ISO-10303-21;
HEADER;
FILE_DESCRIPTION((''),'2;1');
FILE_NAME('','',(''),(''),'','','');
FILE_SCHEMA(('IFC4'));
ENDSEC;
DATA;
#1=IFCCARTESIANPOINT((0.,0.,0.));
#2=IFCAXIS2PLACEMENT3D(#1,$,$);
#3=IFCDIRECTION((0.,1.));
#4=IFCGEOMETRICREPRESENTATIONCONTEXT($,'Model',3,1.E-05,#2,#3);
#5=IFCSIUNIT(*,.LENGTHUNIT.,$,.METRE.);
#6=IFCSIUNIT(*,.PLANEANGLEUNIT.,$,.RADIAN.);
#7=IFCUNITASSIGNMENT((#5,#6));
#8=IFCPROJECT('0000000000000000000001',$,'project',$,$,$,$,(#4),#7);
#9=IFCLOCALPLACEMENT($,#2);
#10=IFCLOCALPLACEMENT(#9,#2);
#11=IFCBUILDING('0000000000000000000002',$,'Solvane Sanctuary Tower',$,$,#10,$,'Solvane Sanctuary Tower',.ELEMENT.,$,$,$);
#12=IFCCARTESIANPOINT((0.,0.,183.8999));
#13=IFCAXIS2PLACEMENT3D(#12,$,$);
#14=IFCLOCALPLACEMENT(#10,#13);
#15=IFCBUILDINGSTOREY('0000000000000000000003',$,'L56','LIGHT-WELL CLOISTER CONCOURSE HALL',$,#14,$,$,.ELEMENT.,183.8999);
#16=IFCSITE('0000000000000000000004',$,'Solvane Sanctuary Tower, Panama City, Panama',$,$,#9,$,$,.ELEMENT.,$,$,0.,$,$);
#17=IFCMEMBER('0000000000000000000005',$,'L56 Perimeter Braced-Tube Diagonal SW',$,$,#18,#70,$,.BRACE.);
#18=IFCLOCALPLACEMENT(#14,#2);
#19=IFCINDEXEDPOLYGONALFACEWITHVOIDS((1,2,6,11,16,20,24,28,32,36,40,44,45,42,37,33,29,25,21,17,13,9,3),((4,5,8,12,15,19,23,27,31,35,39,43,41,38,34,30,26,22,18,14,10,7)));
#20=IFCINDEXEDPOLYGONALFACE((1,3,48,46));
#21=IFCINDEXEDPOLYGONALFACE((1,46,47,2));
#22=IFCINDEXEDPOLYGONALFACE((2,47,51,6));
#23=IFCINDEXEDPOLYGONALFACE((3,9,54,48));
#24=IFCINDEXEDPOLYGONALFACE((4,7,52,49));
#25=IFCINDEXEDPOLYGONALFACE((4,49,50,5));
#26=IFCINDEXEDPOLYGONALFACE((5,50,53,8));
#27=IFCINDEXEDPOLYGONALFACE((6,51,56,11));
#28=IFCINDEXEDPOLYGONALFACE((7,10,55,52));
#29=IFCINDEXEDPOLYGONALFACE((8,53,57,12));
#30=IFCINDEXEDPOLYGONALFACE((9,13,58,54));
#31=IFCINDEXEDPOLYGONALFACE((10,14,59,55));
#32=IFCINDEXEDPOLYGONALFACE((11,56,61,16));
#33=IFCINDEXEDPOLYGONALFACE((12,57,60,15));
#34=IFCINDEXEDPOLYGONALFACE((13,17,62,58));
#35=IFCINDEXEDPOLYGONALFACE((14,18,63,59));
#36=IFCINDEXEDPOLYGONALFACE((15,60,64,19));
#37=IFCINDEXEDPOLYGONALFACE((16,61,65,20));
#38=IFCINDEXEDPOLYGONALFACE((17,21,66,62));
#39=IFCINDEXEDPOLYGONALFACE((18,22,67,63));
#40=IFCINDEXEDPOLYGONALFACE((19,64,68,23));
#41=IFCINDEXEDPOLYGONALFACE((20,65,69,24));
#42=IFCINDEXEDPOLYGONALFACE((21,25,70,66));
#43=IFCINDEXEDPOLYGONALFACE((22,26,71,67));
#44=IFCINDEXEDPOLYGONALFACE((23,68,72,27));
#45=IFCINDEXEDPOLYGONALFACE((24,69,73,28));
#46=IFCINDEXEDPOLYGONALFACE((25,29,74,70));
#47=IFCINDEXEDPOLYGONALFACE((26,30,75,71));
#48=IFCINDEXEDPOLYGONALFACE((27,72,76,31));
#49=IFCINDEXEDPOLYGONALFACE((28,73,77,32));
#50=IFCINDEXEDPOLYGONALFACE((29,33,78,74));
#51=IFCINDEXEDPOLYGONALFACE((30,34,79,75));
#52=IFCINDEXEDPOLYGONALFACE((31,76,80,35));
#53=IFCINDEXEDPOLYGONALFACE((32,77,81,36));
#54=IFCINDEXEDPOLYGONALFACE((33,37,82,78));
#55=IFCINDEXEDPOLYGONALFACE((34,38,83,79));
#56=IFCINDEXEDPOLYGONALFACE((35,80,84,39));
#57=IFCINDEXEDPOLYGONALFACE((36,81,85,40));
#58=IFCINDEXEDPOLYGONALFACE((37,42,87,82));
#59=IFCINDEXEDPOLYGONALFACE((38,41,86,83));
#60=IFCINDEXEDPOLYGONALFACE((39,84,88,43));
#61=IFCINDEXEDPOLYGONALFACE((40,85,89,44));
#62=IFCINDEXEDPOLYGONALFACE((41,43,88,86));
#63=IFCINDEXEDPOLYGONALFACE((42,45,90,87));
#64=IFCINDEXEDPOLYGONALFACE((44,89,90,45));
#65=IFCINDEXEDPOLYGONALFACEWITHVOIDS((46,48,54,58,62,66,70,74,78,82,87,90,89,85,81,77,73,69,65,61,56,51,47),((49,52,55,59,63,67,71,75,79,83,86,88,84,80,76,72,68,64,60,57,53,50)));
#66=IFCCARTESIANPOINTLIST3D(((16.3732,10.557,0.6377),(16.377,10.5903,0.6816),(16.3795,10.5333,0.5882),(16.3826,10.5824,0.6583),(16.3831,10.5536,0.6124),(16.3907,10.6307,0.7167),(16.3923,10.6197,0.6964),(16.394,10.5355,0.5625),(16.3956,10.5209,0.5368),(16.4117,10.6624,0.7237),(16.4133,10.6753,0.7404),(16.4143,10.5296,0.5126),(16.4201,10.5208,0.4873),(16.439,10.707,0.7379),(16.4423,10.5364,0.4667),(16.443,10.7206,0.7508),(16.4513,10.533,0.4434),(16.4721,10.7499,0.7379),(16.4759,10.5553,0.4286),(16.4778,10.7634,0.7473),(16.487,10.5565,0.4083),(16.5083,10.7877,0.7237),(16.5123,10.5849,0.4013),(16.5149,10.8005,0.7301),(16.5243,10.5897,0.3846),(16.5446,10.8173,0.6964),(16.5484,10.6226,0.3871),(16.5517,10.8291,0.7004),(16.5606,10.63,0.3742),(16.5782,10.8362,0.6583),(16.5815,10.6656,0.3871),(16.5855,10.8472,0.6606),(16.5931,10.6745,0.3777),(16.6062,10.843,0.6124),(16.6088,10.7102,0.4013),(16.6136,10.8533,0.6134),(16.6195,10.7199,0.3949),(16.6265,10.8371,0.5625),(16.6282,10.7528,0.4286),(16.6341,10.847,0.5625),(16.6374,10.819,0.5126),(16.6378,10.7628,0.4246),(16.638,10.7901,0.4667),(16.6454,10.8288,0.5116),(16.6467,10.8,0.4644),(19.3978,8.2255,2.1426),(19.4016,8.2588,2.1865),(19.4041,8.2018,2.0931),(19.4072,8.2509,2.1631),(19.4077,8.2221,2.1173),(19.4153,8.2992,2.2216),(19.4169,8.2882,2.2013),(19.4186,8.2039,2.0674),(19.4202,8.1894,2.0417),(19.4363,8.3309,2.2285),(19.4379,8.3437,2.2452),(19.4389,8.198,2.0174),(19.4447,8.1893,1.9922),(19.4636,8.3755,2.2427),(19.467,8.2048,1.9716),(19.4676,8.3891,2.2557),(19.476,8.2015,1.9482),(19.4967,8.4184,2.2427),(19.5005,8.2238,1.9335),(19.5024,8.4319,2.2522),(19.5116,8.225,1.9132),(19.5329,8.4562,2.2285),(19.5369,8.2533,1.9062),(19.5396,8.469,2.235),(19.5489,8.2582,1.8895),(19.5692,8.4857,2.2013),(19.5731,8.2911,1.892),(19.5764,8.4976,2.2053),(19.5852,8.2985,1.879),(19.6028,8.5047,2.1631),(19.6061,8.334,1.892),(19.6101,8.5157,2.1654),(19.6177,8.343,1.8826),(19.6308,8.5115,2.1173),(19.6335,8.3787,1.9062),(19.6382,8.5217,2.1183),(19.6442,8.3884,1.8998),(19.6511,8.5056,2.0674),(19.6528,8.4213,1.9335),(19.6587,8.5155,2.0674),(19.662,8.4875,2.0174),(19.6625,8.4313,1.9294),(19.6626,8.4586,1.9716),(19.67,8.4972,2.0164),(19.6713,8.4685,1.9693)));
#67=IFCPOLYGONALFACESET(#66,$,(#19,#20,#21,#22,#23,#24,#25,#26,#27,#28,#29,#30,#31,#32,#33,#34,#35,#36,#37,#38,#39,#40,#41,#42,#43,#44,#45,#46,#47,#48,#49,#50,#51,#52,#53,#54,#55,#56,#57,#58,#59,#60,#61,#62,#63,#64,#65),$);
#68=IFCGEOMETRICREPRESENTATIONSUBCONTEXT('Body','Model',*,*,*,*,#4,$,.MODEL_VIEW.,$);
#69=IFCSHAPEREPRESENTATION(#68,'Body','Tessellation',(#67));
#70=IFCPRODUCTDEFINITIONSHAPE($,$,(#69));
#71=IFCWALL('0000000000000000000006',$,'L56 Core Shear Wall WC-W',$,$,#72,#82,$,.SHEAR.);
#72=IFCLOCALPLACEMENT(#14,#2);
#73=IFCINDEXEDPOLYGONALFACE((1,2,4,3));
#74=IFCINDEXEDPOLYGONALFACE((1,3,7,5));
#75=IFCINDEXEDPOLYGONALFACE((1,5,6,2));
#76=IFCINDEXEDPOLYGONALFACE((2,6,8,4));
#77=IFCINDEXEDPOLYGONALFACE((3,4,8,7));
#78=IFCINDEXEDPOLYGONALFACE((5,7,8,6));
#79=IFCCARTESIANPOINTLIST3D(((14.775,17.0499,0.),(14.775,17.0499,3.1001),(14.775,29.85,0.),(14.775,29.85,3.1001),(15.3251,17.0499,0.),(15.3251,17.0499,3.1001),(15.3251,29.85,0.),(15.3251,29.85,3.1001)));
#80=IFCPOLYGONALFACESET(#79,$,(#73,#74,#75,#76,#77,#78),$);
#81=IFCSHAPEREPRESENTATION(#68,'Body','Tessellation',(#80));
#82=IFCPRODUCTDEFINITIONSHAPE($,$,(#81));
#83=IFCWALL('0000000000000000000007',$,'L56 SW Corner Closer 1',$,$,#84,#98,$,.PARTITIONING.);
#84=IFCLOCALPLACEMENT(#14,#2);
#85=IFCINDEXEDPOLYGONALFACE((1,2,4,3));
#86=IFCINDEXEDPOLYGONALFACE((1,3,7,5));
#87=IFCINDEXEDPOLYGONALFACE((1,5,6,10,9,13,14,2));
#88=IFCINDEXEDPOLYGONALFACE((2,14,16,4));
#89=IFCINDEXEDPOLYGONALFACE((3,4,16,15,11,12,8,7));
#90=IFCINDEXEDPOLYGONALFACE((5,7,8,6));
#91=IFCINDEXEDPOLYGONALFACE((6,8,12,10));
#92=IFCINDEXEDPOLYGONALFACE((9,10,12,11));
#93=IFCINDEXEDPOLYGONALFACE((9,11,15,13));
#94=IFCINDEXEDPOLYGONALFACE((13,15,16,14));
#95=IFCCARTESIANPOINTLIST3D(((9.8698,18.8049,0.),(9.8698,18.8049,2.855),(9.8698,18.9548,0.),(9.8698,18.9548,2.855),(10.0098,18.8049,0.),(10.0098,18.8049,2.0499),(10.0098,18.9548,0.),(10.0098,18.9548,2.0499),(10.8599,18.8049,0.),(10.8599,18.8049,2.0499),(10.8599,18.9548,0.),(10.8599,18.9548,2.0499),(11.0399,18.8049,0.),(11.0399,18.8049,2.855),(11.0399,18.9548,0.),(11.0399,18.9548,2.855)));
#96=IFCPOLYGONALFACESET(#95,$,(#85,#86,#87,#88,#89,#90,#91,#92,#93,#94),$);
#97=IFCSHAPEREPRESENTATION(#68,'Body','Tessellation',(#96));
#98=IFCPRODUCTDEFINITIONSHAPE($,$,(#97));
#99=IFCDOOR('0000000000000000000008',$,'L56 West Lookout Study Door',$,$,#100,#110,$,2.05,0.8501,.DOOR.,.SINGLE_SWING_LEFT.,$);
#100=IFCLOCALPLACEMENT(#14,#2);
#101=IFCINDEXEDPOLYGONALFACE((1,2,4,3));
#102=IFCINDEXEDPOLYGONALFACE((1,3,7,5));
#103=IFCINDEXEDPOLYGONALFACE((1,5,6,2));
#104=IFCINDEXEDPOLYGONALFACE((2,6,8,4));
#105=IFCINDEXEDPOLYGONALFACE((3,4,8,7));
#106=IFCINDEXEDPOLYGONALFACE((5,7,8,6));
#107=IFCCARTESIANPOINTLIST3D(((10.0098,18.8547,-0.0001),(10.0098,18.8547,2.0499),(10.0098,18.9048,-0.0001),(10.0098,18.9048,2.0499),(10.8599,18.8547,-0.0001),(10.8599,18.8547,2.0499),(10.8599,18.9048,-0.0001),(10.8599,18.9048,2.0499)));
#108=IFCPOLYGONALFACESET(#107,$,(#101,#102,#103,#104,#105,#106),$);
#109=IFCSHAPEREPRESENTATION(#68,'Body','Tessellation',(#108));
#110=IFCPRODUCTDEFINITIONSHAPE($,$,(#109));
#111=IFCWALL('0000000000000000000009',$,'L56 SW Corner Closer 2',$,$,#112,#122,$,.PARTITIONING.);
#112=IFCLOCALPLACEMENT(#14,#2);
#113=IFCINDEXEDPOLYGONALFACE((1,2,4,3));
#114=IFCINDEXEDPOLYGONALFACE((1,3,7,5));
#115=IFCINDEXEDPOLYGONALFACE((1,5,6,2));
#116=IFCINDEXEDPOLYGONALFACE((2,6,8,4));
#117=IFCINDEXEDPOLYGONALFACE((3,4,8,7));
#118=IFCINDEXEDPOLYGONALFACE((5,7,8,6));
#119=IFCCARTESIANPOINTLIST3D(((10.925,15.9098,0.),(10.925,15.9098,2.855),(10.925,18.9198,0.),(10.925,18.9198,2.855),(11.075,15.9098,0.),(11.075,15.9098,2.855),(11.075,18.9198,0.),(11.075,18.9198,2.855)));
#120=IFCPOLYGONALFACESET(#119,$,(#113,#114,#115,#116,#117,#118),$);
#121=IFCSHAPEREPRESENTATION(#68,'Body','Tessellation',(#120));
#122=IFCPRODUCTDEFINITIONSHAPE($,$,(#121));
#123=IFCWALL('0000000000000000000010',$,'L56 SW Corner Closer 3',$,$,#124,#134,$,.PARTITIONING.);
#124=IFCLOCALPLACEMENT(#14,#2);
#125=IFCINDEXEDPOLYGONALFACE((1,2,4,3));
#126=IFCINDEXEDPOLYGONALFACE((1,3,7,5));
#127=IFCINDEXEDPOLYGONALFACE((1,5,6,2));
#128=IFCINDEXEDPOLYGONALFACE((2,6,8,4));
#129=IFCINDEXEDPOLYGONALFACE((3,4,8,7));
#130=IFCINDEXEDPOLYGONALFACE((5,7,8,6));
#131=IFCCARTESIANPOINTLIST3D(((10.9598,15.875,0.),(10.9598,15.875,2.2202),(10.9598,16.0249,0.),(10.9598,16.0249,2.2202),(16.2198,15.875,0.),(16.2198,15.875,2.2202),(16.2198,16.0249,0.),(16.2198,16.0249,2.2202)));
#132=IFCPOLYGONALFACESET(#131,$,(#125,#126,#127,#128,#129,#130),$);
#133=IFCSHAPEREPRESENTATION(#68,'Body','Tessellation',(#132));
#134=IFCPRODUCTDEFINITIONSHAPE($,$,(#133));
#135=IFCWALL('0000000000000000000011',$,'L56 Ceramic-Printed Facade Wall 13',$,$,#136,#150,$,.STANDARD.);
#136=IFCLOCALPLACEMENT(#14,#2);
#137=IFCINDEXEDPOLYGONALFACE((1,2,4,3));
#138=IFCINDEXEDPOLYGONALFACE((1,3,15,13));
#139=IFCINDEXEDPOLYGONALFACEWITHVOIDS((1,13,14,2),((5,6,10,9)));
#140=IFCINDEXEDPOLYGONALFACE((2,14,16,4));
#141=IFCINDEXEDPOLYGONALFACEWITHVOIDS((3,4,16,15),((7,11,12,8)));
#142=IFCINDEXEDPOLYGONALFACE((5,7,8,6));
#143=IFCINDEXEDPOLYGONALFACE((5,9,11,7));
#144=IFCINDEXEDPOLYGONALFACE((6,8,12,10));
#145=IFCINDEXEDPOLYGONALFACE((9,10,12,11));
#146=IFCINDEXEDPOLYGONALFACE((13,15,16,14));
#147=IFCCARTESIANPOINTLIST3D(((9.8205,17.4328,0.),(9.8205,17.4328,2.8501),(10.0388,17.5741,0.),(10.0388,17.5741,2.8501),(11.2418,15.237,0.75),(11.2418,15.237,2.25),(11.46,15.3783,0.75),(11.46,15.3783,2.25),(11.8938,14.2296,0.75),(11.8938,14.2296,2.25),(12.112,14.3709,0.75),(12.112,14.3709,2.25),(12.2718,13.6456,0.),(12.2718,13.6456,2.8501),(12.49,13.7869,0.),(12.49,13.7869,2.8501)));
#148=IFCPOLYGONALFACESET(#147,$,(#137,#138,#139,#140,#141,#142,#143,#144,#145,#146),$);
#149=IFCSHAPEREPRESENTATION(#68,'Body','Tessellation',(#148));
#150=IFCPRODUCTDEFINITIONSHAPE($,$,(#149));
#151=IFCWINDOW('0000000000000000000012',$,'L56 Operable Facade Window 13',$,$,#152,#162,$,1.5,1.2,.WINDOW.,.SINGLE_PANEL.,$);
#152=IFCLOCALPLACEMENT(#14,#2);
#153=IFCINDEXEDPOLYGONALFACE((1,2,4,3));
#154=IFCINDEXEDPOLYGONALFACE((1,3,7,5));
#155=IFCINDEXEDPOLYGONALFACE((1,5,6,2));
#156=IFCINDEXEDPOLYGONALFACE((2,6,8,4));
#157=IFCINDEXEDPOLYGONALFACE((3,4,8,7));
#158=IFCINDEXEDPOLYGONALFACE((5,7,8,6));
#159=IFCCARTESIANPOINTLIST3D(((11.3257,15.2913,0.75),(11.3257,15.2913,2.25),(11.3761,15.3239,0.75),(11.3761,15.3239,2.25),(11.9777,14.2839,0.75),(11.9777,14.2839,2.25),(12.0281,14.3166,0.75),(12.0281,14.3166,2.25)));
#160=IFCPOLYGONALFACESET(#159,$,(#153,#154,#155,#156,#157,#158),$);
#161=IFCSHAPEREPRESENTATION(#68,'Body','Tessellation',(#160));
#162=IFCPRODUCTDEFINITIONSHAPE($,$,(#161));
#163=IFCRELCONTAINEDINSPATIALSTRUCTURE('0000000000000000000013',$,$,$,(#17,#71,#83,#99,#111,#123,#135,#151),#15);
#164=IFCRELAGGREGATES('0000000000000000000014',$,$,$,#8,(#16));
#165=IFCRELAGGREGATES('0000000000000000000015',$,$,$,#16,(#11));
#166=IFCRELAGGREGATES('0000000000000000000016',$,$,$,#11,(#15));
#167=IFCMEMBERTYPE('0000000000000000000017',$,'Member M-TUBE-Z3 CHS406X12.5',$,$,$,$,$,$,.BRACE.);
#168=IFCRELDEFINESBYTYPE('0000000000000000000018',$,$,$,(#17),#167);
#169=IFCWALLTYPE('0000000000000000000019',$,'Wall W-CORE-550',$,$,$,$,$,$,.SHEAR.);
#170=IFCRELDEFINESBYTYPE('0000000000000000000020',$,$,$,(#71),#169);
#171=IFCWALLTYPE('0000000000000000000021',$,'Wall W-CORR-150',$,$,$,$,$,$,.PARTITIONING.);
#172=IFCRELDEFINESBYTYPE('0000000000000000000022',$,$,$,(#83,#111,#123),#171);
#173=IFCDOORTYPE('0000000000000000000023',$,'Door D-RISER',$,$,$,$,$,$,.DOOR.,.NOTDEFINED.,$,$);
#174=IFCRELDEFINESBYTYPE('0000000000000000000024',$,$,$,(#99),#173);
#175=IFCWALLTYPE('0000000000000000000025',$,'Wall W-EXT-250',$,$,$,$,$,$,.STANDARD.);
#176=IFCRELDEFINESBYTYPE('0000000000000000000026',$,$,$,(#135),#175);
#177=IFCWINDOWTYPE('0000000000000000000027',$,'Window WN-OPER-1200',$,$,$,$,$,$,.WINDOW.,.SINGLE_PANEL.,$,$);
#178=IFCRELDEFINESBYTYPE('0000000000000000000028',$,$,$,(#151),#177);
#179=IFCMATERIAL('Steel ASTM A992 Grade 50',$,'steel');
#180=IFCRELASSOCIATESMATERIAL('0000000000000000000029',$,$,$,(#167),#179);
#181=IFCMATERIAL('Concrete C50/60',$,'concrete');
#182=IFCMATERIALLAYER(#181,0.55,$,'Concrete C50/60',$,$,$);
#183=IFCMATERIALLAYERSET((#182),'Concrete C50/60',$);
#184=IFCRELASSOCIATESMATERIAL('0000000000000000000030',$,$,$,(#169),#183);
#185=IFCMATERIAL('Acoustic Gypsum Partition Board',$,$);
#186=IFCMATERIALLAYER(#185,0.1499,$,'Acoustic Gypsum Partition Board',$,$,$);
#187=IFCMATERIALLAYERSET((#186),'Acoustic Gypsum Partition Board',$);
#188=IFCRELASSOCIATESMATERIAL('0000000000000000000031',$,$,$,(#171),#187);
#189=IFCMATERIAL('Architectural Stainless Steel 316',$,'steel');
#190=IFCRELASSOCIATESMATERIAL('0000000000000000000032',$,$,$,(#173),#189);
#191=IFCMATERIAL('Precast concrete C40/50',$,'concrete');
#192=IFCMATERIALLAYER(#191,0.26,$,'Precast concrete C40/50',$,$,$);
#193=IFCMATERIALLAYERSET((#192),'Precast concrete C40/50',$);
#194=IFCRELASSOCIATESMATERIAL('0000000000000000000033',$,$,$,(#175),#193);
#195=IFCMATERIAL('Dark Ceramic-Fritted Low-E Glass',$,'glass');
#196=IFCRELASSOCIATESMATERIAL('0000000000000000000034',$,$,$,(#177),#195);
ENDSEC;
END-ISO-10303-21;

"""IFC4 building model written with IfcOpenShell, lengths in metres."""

from ifc_helpers import new_model, si_unit, direction, frame, frame_2d, origin, origin_2d, place, context, subcontext, project, spatial, rectangle, hollow_circle, extrude, material, layer, layer_set, material_profile, profile_set, type_object, element, fill, save


model = new_model("IFC4")

# Units and contexts
model_context = context("Model", 3, precision=1e-05, world=origin(), true_north=direction((0.0, 1.0)))
body_context = subcontext(model_context, "Body", "Model", "MODEL_VIEW")
ifc_project = project(units=[si_unit("LENGTHUNIT", "METRE"), si_unit("PLANEANGLEUNIT", "RADIAN")], contexts=[model_context])

# Site, building, storey
site_placement = place(None, origin())
site = spatial("IfcSite", under=ifc_project, at=site_placement, Name="Solvane Sanctuary Tower, Panama City, Panama", CompositionType="ELEMENT", RefElevation=0.0)
building_placement = place(site_placement, origin())
building = spatial("IfcBuilding", under=site, at=building_placement, Name="Solvane Sanctuary Tower", LongName="Solvane Sanctuary Tower", CompositionType="ELEMENT")
storey_placement = place(building_placement, frame((0.0, 0.0, 183.8999)))
storey = spatial("IfcBuildingStorey", under=building, at=storey_placement, Name="L56", Description="LIGHT-WELL CLOISTER CONCOURSE HALL", CompositionType="ELEMENT", Elevation=183.8999)

# Shared definitions
ifc_material_1 = material(Name="Steel ASTM A992 Grade 50", Category="steel")

# Member
ifc_material_profile_1 = material_profile(ifc_material_1, hollow_circle(Radius=0.2029, WallThickness=0.0125, at=origin_2d()), Name="CHS406X12.5")
ifc_profile_set_1 = profile_set([ifc_material_profile_1], Name="Steel ASTM A992 Grade 50")
member_type = type_object("IfcMemberType", Name="Member M-TUBE-Z3 CHS406X12.5", PredefinedType="BRACE", material=ifc_profile_set_1)
member_placement = place(storey_placement, frame((16.5103, 10.6863, 0.5625), z_axis=(0.73686, -0.568005, 0.366616), x_axis=(0.610514, 0.792006, 0.0)))
element("IfcMember", 1, at=member_placement, inside=storey, type_object=member_type, Name="L56 Perimeter Braced-Tube Diagonal SW", PredefinedType="BRACE", context=body_context, shape_type="SweptSolid", body=[
    extrude(hollow_circle(Radius=0.2029, WallThickness=0.0125, at=origin_2d()), origin(), (0.0, 0.0, 1.0), 4.1047),
])

# Wall
ifc_material_2 = material(Name="Concrete C50/60", Category="concrete")
ifc_layer_1 = layer(ifc_material_2, 0.55, Name="Concrete C50/60")
ifc_layer_set_1 = layer_set([ifc_layer_1], Name="Concrete C50/60")
wall_type_1 = type_object("IfcWallType", Name="Wall W-CORE-550", PredefinedType="SHEAR", material=ifc_layer_set_1)
wall_1_placement = place(storey_placement, frame((15.05, 17.05, 0.0), z_axis=(0.0, 0.0, 1.0), x_axis=(0.0, 1.0, 0.0)))
element("IfcWall", 2, at=wall_1_placement, inside=storey, type_object=wall_type_1, Name="L56 Core Shear Wall WC-W", PredefinedType="SHEAR", context=body_context, shape_type="SweptSolid", body=[
    extrude(rectangle(XDim=12.8, YDim=0.55, at=frame_2d((6.3999, 0.0))), origin(), (0.0, 0.0, 1.0), 3.1001),
])

# Wall, opening, door
ifc_material_3 = material(Name="Acoustic Gypsum Partition Board")
ifc_layer_2 = layer(ifc_material_3, 0.1499, Name="Acoustic Gypsum Partition Board")
ifc_layer_set_2 = layer_set([ifc_layer_2], Name="Acoustic Gypsum Partition Board")
wall_type_2 = type_object("IfcWallType", Name="Wall W-CORR-150", PredefinedType="PARTITIONING", material=ifc_layer_set_2)
wall_2_placement = place(storey_placement, frame((9.8699, 18.8799, 0.0), z_axis=(0.0, 0.0, 1.0), x_axis=(1.0, 0.0, 0.0)))
wall_2 = element("IfcWall", 3, at=wall_2_placement, inside=storey, type_object=wall_type_2, Name="L56 SW Corner Closer 1", PredefinedType="PARTITIONING", context=body_context, shape_type="SweptSolid", body=[
    extrude(rectangle(XDim=1.1702, YDim=0.1499, at=frame_2d((0.585, 0.0))), origin(), (0.0, 0.0, 1.0), 2.855),
])
opening_1_placement = place(wall_2_placement, frame((0.1399, 0.0, 0.0)))
opening_1 = element("IfcOpeningElement", 4, at=opening_1_placement, cuts=wall_2, PredefinedType="OPENING", context=body_context, shape_type="SweptSolid", body=[
    extrude(rectangle(XDim=0.8501, YDim=2.05, at=frame_2d((0.425, 1.0249))), frame((0.0, 0.085, 0.0), z_axis=(0.0, -1.0, 0.0), x_axis=(1.0, 0.0, 0.0)), (0.0, 0.0, 1.0), 0.1699),
])
ifc_material_4 = material(Name="Architectural Stainless Steel 316", Category="steel")
door_type_1 = type_object("IfcDoorType", Name="Door D-RISER", OperationType="NOTDEFINED", PredefinedType="DOOR", material=ifc_material_4)
door_1_placement = place(opening_1_placement, origin())
door_1 = element("IfcDoor", 5, at=door_1_placement, inside=storey, type_object=door_type_1, Name="L56 West Lookout Study Door", OperationType="SINGLE_SWING_LEFT", OverallHeight=2.05, OverallWidth=0.8501, PredefinedType="DOOR", context=body_context, shape_type="SweptSolid", body=[
    extrude(rectangle(XDim=0.8501, YDim=2.05, at=frame_2d((0.425, 1.0249))), frame((0.0, 0.0249, 0.0), z_axis=(0.0, -1.0, 0.0), x_axis=(1.0, 0.0, 0.0)), (0.0, 0.0, 1.0), 0.05),
])
fill(opening_1, door_1)

# Walls
wall_3_placement = place(storey_placement, frame((11.0, 15.9099, 0.0), z_axis=(0.0, 0.0, 1.0), x_axis=(0.0, 1.0, 0.0)))
element("IfcWall", 6, at=wall_3_placement, inside=storey, type_object=wall_type_2, Name="L56 SW Corner Closer 2", PredefinedType="PARTITIONING", context=body_context, shape_type="SweptSolid", body=[
    extrude(rectangle(XDim=3.01, YDim=0.1499, at=frame_2d((1.5049, 0.0))), origin(), (0.0, 0.0, 1.0), 2.855),
])
wall_4_placement = place(storey_placement, frame((10.96, 15.95, 0.0), z_axis=(0.0, 0.0, 1.0), x_axis=(1.0, 0.0, 0.0)))
element("IfcWall", 7, at=wall_4_placement, inside=storey, type_object=wall_type_2, Name="L56 SW Corner Closer 3", PredefinedType="PARTITIONING", context=body_context, shape_type="SweptSolid", body=[
    extrude(rectangle(XDim=5.26, YDim=0.1499, at=frame_2d((2.6299, 0.0))), origin(), (0.0, 0.0, 1.0), 2.2202),
])

# Wall, opening, window
ifc_material_5 = material(Name="Precast concrete C40/50", Category="concrete")
ifc_layer_3 = layer(ifc_material_5, 0.26, Name="Precast concrete C40/50")
ifc_layer_set_3 = layer_set([ifc_layer_3], Name="Precast concrete C40/50")
wall_type_3 = type_object("IfcWallType", Name="Wall W-EXT-250", PredefinedType="STANDARD", material=ifc_layer_set_3)
wall_5_placement = place(storey_placement, frame((9.9297, 17.5034, 0.0), z_axis=(0.0, 0.0, 1.0), x_axis=(0.543359, -0.8395, 0.0)))
wall_5 = element("IfcWall", 8, at=wall_5_placement, inside=storey, type_object=wall_type_3, Name="L56 Ceramic-Printed Facade Wall 13", PredefinedType="STANDARD", context=body_context, shape_type="SweptSolid", body=[
    extrude(rectangle(XDim=4.5112, YDim=0.26, at=frame_2d((2.2556, 0.0))), origin(), (0.0, 0.0, 1.0), 2.8501),
])
opening_2_placement = place(wall_5_placement, frame((2.6155, 0.0, 0.75)))
opening_2 = element("IfcOpeningElement", 9, at=opening_2_placement, cuts=wall_5, PredefinedType="OPENING", context=body_context, shape_type="SweptSolid", body=[
    extrude(rectangle(XDim=1.2, YDim=1.5, at=frame_2d((0.6001, 0.75))), frame((0.0, 0.1399, 0.0), z_axis=(0.0, -1.0, 0.0), x_axis=(1.0, 0.0, 0.0)), (0.0, 0.0, 1.0), 0.28),
])
ifc_material_6 = material(Name="Dark Ceramic-Fritted Low-E Glass", Category="glass")
window_type = type_object("IfcWindowType", Name="Window WN-OPER-1200", PartitioningType="SINGLE_PANEL", PredefinedType="WINDOW", material=ifc_material_6)
window_1_placement = place(opening_2_placement, origin())
window_1 = element("IfcWindow", 10, at=window_1_placement, inside=storey, type_object=window_type, Name="L56 Operable Facade Window 13", OverallHeight=1.5, OverallWidth=1.2, PartitioningType="SINGLE_PANEL", PredefinedType="WINDOW", context=body_context, shape_type="SweptSolid", body=[
    extrude(rectangle(XDim=1.2, YDim=1.5, at=frame_2d((0.6001, 0.75))), frame((0.0, 0.03, 0.0), z_axis=(0.0, -1.0, 0.0), x_axis=(1.0, 0.0, 0.0)), (0.0, 0.0, 1.0), 0.0601),
])
fill(opening_2, window_1)

save(model, "model.ifc")
